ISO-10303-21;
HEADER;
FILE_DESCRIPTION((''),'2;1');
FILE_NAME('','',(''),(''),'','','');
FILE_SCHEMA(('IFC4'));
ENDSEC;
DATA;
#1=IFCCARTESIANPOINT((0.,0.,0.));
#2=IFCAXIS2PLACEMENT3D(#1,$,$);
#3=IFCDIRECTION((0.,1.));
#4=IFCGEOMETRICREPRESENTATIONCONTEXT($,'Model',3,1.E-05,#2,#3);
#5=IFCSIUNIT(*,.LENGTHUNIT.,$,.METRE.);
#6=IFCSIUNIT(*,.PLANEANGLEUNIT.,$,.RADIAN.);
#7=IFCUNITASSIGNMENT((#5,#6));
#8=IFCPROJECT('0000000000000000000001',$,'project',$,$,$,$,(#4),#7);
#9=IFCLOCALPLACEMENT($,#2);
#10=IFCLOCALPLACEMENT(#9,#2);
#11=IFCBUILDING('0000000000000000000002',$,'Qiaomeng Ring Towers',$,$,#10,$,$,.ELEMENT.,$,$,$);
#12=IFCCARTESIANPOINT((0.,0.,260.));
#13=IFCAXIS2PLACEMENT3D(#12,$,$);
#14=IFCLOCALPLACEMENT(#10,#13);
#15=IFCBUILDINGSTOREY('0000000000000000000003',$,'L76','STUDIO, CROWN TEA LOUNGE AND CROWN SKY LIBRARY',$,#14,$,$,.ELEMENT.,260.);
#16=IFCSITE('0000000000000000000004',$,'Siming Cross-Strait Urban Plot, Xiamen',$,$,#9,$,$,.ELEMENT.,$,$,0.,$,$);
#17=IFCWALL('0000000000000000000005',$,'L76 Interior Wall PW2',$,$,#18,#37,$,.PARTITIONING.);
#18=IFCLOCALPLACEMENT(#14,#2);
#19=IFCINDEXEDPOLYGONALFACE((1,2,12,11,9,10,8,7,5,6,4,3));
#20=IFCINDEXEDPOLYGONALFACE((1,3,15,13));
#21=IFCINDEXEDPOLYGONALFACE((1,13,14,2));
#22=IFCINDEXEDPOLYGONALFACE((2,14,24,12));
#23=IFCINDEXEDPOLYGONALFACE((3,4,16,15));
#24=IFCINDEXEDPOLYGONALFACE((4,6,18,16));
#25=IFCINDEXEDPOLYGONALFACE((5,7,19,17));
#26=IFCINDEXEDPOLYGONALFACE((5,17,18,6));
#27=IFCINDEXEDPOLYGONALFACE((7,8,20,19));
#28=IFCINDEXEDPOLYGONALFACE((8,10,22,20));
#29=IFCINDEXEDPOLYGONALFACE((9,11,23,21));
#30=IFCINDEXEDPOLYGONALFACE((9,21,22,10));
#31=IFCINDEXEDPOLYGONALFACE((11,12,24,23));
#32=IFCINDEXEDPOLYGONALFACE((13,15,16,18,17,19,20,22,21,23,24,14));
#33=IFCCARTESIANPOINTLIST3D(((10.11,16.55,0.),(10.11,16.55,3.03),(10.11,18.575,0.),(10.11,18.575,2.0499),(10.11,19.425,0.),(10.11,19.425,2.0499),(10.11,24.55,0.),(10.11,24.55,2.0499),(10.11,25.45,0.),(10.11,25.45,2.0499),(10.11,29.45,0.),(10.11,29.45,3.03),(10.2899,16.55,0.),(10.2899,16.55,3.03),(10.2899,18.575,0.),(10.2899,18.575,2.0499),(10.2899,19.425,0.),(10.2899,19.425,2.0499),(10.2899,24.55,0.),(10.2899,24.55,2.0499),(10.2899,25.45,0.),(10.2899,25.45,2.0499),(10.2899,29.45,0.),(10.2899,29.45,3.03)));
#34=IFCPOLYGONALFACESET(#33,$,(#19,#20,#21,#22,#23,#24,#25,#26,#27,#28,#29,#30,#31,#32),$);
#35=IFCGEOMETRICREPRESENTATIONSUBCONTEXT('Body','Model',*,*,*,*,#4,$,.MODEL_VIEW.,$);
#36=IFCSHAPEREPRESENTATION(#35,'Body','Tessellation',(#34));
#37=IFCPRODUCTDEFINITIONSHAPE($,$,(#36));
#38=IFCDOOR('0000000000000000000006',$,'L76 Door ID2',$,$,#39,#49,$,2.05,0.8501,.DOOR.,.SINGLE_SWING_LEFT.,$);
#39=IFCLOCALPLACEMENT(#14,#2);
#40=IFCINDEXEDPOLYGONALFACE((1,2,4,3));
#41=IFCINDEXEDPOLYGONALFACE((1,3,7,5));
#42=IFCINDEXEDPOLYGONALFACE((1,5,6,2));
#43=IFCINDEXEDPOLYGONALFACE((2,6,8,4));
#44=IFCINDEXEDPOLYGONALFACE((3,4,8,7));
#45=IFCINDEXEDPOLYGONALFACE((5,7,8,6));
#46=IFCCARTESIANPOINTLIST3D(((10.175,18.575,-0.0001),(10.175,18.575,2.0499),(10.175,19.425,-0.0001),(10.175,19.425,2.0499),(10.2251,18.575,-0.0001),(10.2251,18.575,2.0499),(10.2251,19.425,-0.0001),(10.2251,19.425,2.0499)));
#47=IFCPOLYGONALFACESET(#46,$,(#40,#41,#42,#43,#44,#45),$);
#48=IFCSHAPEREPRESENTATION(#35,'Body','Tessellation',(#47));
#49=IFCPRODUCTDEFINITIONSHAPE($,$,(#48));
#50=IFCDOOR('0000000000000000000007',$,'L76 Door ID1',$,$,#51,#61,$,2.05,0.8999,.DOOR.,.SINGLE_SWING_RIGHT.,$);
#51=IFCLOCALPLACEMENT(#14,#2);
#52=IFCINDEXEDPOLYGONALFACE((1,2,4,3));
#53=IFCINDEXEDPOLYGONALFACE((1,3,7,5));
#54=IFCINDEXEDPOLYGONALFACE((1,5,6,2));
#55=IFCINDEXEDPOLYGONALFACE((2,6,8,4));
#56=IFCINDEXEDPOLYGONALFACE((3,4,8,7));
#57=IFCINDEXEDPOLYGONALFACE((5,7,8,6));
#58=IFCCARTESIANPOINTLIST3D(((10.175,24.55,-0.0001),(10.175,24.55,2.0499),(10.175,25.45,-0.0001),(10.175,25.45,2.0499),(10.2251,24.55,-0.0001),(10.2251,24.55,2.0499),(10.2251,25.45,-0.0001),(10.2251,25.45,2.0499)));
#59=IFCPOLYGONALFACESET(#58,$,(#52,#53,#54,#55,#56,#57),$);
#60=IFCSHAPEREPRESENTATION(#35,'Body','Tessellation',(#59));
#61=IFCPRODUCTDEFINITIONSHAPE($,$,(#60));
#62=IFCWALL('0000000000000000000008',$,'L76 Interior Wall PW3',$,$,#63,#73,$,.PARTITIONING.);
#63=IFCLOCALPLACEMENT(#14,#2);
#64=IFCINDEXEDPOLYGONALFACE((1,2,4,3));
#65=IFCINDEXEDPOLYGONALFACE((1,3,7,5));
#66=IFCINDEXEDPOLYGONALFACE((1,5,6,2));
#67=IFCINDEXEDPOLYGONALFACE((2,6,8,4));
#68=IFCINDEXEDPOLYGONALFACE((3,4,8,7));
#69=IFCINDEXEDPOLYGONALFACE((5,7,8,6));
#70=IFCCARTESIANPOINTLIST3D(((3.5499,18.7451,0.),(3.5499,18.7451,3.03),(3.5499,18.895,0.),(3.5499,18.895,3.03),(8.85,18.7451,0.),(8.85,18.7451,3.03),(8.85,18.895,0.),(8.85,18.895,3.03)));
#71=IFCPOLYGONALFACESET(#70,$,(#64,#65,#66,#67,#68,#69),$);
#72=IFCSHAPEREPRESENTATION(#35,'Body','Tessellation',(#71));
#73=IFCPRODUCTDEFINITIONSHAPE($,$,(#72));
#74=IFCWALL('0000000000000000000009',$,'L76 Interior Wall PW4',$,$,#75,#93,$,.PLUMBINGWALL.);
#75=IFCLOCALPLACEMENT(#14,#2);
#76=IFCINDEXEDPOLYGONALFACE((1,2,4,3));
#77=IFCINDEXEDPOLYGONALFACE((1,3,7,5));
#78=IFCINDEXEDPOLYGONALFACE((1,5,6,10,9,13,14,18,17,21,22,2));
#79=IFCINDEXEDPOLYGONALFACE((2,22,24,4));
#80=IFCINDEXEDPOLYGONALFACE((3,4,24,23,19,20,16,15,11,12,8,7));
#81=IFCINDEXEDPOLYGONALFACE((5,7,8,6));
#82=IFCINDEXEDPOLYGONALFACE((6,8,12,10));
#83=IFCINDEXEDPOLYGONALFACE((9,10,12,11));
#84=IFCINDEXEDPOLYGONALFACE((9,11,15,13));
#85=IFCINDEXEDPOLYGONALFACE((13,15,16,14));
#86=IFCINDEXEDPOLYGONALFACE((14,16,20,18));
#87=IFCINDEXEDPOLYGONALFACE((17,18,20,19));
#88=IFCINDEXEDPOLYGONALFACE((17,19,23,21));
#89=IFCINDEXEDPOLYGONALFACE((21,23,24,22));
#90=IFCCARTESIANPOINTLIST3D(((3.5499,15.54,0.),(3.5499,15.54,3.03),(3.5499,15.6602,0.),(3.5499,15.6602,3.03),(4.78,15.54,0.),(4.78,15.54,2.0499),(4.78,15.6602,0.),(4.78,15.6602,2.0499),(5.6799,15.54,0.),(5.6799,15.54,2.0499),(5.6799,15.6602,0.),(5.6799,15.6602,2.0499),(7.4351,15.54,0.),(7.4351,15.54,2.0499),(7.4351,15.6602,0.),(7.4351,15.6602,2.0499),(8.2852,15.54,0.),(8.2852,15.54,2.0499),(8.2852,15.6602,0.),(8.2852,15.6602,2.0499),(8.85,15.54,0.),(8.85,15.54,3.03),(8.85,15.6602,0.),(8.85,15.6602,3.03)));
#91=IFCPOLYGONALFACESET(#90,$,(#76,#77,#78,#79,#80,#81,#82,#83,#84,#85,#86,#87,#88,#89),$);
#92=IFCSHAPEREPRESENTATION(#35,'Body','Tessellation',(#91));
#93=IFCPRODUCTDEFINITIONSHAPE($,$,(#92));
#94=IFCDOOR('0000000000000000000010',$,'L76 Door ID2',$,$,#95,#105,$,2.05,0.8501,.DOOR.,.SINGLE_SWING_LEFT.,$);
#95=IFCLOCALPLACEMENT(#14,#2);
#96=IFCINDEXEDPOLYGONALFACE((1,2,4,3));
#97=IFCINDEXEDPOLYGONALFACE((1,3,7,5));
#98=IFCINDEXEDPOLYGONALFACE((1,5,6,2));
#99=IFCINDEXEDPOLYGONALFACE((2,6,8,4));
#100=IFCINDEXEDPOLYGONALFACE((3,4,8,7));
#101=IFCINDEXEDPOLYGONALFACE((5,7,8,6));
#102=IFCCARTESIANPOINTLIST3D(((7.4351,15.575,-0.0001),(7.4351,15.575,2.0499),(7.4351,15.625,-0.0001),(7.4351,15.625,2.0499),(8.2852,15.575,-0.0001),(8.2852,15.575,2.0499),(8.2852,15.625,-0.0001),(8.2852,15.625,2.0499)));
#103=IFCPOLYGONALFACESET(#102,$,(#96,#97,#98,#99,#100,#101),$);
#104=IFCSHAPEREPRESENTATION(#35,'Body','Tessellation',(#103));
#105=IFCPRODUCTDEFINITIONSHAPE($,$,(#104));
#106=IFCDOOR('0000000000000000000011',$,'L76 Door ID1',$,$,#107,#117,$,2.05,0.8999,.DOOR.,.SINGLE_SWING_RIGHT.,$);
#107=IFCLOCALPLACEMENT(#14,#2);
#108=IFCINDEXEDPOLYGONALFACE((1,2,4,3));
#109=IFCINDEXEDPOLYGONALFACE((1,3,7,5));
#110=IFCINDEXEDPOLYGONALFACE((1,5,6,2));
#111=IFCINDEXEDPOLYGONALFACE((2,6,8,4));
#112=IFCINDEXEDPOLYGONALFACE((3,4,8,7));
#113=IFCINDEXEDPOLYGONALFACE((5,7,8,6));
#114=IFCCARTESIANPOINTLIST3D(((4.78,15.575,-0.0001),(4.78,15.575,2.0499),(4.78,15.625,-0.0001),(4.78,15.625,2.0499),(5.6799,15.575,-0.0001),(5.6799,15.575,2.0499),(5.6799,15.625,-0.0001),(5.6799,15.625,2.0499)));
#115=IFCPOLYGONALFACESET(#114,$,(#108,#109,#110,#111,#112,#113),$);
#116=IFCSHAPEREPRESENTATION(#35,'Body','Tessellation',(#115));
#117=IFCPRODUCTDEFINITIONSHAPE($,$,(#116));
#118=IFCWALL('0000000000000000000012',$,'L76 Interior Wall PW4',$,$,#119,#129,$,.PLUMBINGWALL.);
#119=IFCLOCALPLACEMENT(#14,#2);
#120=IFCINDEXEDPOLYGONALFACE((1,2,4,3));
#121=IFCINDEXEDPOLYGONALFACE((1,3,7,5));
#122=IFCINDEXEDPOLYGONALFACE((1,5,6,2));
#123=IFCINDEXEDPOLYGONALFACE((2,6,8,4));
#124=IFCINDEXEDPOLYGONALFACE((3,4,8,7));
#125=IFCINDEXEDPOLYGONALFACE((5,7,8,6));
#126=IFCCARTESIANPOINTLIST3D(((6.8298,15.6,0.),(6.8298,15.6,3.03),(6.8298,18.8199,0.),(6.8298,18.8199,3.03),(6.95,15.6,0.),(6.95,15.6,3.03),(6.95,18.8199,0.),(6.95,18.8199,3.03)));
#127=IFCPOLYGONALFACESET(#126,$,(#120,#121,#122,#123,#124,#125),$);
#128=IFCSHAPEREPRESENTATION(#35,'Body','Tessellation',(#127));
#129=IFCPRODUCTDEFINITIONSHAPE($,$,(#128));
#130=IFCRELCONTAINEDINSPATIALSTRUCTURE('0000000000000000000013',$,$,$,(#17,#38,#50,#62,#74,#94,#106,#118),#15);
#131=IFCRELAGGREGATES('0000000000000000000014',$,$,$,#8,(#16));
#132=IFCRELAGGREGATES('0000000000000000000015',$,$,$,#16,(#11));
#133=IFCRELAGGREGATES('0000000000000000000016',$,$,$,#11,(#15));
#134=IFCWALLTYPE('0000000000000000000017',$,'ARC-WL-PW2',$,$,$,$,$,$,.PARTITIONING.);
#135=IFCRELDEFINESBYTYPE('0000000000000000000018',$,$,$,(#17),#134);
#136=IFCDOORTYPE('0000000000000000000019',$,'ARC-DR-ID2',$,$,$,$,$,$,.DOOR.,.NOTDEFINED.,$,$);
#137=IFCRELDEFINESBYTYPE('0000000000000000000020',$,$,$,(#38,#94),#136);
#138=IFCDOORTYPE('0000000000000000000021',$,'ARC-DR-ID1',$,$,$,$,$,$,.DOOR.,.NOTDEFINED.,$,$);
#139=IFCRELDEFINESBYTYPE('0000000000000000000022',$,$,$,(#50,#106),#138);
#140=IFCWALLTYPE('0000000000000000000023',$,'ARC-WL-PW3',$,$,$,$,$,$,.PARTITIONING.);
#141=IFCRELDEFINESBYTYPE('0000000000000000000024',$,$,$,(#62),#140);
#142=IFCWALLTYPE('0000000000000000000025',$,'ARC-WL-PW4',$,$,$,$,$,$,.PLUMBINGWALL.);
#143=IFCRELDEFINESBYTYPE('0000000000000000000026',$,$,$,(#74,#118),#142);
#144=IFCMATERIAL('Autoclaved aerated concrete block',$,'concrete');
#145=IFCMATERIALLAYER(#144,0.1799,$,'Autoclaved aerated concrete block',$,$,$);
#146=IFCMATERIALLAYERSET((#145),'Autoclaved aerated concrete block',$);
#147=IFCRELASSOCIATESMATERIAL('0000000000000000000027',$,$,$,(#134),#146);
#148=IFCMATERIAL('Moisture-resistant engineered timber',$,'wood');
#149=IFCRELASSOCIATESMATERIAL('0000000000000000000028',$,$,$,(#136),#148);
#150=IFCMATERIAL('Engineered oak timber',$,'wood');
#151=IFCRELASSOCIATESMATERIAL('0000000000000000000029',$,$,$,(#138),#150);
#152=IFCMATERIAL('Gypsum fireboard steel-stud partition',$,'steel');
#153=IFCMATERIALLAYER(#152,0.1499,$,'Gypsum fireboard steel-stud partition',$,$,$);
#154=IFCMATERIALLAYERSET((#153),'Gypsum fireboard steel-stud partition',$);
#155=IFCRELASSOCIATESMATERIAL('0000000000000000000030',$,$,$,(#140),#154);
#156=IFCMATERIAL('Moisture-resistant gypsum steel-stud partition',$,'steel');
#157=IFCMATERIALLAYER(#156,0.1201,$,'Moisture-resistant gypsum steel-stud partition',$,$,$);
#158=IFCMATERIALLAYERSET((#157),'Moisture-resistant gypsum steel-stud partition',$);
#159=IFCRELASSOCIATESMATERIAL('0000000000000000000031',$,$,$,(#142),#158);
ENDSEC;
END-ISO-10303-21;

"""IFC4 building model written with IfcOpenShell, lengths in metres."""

from ifc_helpers import new_model, si_unit, direction, frame, frame_2d, origin, place, context, subcontext, project, spatial, rectangle, extrude, source, transform, mapped, material, layer, layer_set, type_object, element, fill, save


model = new_model("IFC4")

# Units and contexts
model_context = context("Model", 3, precision=1e-05, world=origin(), true_north=direction((0.0, 1.0)))
body_context = subcontext(model_context, "Body", "Model", "MODEL_VIEW")
ifc_project = project(units=[si_unit("LENGTHUNIT", "METRE"), si_unit("PLANEANGLEUNIT", "RADIAN")], contexts=[model_context])

# Site, building, storey
site_placement = place(None, origin())
site = spatial("IfcSite", under=ifc_project, at=site_placement, Name="Siming Cross-Strait Urban Plot, Xiamen", CompositionType="ELEMENT", RefElevation=0.0)
building_placement = place(site_placement, origin())
building = spatial("IfcBuilding", under=site, at=building_placement, Name="Qiaomeng Ring Towers", CompositionType="ELEMENT")
storey_placement = place(building_placement, frame((0.0, 0.0, 260.0)))
storey = spatial("IfcBuildingStorey", under=building, at=storey_placement, Name="L76", Description="STUDIO, CROWN TEA LOUNGE AND CROWN SKY LIBRARY", CompositionType="ELEMENT", Elevation=260.0)

# Wall, openings, doors
ifc_material_1 = material(Name="Autoclaved aerated concrete block", Category="concrete")
ifc_layer_1 = layer(ifc_material_1, 0.1799, Name="Autoclaved aerated concrete block")
ifc_layer_set_1 = layer_set([ifc_layer_1], Name="Autoclaved aerated concrete block")
wall_type_1 = type_object("IfcWallType", Name="ARC-WL-PW2", PredefinedType="PARTITIONING", material=ifc_layer_set_1)
wall_1_placement = place(storey_placement, frame((10.2, 16.55, 0.0), z_axis=(0.0, 0.0, 1.0), x_axis=(0.0, 1.0, 0.0)))
wall_1 = element("IfcWall", 1, at=wall_1_placement, inside=storey, type_object=wall_type_1, Name="L76 Interior Wall PW2", PredefinedType="PARTITIONING", context=body_context, shape_type="SweptSolid", body=[
    extrude(rectangle(XDim=12.8999, YDim=0.1799, at=frame_2d((6.45, 0.0))), origin(), (0.0, 0.0, 1.0), 3.03),
])
opening_1_placement = place(wall_1_placement, frame((2.0249, 0.0, 0.0)))
opening_1 = element("IfcOpeningElement", 2, at=opening_1_placement, cuts=wall_1, PredefinedType="OPENING", context=body_context, shape_type="SweptSolid", body=[
    extrude(rectangle(XDim=0.8501, YDim=2.05, at=frame_2d((0.425, 1.0249))), frame((0.0, 0.0999, 0.0), z_axis=(0.0, -1.0, 0.0), x_axis=(1.0, 0.0, 0.0)), (0.0, 0.0, 1.0), 0.2),
])
opening_2_placement = place(wall_1_placement, frame((8.0, 0.0, 0.0)))
opening_2 = element("IfcOpeningElement", 3, at=opening_2_placement, cuts=wall_1, PredefinedType="OPENING", context=body_context, shape_type="SweptSolid", body=[
    extrude(rectangle(XDim=0.8999, YDim=2.05, at=frame_2d((0.45, 1.0249))), frame((0.0, 0.0999, 0.0), z_axis=(0.0, -1.0, 0.0), x_axis=(1.0, 0.0, 0.0)), (0.0, 0.0, 1.0), 0.2),
])
ifc_material_2 = material(Name="Moisture-resistant engineered timber", Category="wood")
door_type_1 = type_object("IfcDoorType", Name="ARC-DR-ID2", OperationType="NOTDEFINED", PredefinedType="DOOR", material=ifc_material_2)
shared_shape_1 = source(origin(), body_context, "Body", "SweptSolid", [
    extrude(rectangle(XDim=0.8501, YDim=2.05, at=frame_2d((0.425, 1.0249))), frame((0.0, 0.0249, 0.0), z_axis=(0.0, -1.0, 0.0), x_axis=(1.0, 0.0, 0.0)), (0.0, 0.0, 1.0), 0.05),
])
door_1_placement = place(opening_1_placement, origin())
door_1 = element("IfcDoor", 4, at=door_1_placement, inside=storey, type_object=door_type_1, Name="L76 Door ID2", OperationType="SINGLE_SWING_LEFT", OverallHeight=2.05, OverallWidth=0.8501, PredefinedType="DOOR", context=body_context, shape_type="MappedRepresentation", body=[
    mapped(shared_shape_1, transform((0.0, 0.0, 0.0), x_axis=(1.0, 0.0, 0.0), y_axis=(0.0, 1.0, 0.0), z_axis=(0.0, 0.0, 1.0), scale=1.0)),
])
fill(opening_1, door_1)
ifc_material_3 = material(Name="Engineered oak timber", Category="wood")
door_type_2 = type_object("IfcDoorType", Name="ARC-DR-ID1", OperationType="NOTDEFINED", PredefinedType="DOOR", material=ifc_material_3)
shared_shape_2 = source(origin(), body_context, "Body", "SweptSolid", [
    extrude(rectangle(XDim=0.8999, YDim=2.05, at=frame_2d((0.45, 1.0249))), frame((0.0, 0.0249, 0.0), z_axis=(0.0, -1.0, 0.0), x_axis=(1.0, 0.0, 0.0)), (0.0, 0.0, 1.0), 0.05),
])
door_2_placement = place(opening_2_placement, origin())
door_2 = element("IfcDoor", 5, at=door_2_placement, inside=storey, type_object=door_type_2, Name="L76 Door ID1", OperationType="SINGLE_SWING_RIGHT", OverallHeight=2.05, OverallWidth=0.8999, PredefinedType="DOOR", context=body_context, shape_type="MappedRepresentation", body=[
    mapped(shared_shape_2, transform((0.0, 0.0, 0.0), x_axis=(1.0, 0.0, 0.0), y_axis=(0.0, 1.0, 0.0), z_axis=(0.0, 0.0, 1.0), scale=1.0)),
])
fill(opening_2, door_2)

# Wall
ifc_material_4 = material(Name="Gypsum fireboard steel-stud partition", Category="steel")
ifc_layer_2 = layer(ifc_material_4, 0.1499, Name="Gypsum fireboard steel-stud partition")
ifc_layer_set_2 = layer_set([ifc_layer_2], Name="Gypsum fireboard steel-stud partition")
wall_type_2 = type_object("IfcWallType", Name="ARC-WL-PW3", PredefinedType="PARTITIONING", material=ifc_layer_set_2)
wall_2_placement = place(storey_placement, frame((3.55, 18.8201, 0.0), z_axis=(0.0, 0.0, 1.0), x_axis=(1.0, 0.0, 0.0)))
element("IfcWall", 6, at=wall_2_placement, inside=storey, type_object=wall_type_2, Name="L76 Interior Wall PW3", PredefinedType="PARTITIONING", context=body_context, shape_type="SweptSolid", body=[
    extrude(rectangle(XDim=5.3, YDim=0.1499, at=frame_2d((2.6499, 0.0))), origin(), (0.0, 0.0, 1.0), 3.03),
])

# Wall, openings, doors
ifc_material_5 = material(Name="Moisture-resistant gypsum steel-stud partition", Category="steel")
ifc_layer_3 = layer(ifc_material_5, 0.1201, Name="Moisture-resistant gypsum steel-stud partition")
ifc_layer_set_3 = layer_set([ifc_layer_3], Name="Moisture-resistant gypsum steel-stud partition")
wall_type_3 = type_object("IfcWallType", Name="ARC-WL-PW4", PredefinedType="PLUMBINGWALL", material=ifc_layer_set_3)
wall_3_placement = place(storey_placement, frame((3.55, 15.6001, 0.0), z_axis=(0.0, 0.0, 1.0), x_axis=(1.0, 0.0, 0.0)))
wall_3 = element("IfcWall", 7, at=wall_3_placement, inside=storey, type_object=wall_type_3, Name="L76 Interior Wall PW4", PredefinedType="PLUMBINGWALL", context=body_context, shape_type="SweptSolid", body=[
    extrude(rectangle(XDim=5.3, YDim=0.1201, at=frame_2d((2.6499, 0.0))), origin(), (0.0, 0.0, 1.0), 3.03),
])
opening_3_placement = place(wall_3_placement, frame((1.23, 0.0, 0.0)))
opening_3 = element("IfcOpeningElement", 8, at=opening_3_placement, cuts=wall_3, PredefinedType="OPENING", context=body_context, shape_type="SweptSolid", body=[
    extrude(rectangle(XDim=0.8999, YDim=2.05, at=frame_2d((0.45, 1.0249))), frame((0.0, 0.0701, 0.0), z_axis=(0.0, -1.0, 0.0), x_axis=(1.0, 0.0, 0.0)), (0.0, 0.0, 1.0), 0.1401),
])
opening_4_placement = place(wall_3_placement, frame((3.885, 0.0, 0.0)))
opening_4 = element("IfcOpeningElement", 9, at=opening_4_placement, cuts=wall_3, PredefinedType="OPENING", context=body_context, shape_type="SweptSolid", body=[
    extrude(rectangle(XDim=0.8501, YDim=2.05, at=frame_2d((0.425, 1.0249))), frame((0.0, 0.0701, 0.0), z_axis=(0.0, -1.0, 0.0), x_axis=(1.0, 0.0, 0.0)), (0.0, 0.0, 1.0), 0.1401),
])
door_3_placement = place(opening_4_placement, origin())
door_3 = element("IfcDoor", 10, at=door_3_placement, inside=storey, type_object=door_type_1, Name="L76 Door ID2", OperationType="SINGLE_SWING_LEFT", OverallHeight=2.05, OverallWidth=0.8501, PredefinedType="DOOR", context=body_context, shape_type="MappedRepresentation", body=[
    mapped(shared_shape_1, transform((0.0, 0.0, 0.0), x_axis=(1.0, 0.0, 0.0), y_axis=(0.0, 1.0, 0.0), z_axis=(0.0, 0.0, 1.0), scale=1.0)),
])
fill(opening_4, door_3)
door_4_placement = place(opening_3_placement, origin())
door_4 = element("IfcDoor", 11, at=door_4_placement, inside=storey, type_object=door_type_2, Name="L76 Door ID1", OperationType="SINGLE_SWING_RIGHT", OverallHeight=2.05, OverallWidth=0.8999, PredefinedType="DOOR", context=body_context, shape_type="MappedRepresentation", body=[
    mapped(shared_shape_2, transform((0.0, 0.0, 0.0), x_axis=(1.0, 0.0, 0.0), y_axis=(0.0, 1.0, 0.0), z_axis=(0.0, 0.0, 1.0), scale=1.0)),
])
fill(opening_3, door_4)

# Wall
wall_4_placement = place(storey_placement, frame((6.8899, 15.6001, 0.0), z_axis=(0.0, 0.0, 1.0), x_axis=(0.0, 1.0, 0.0)))
element("IfcWall", 12, at=wall_4_placement, inside=storey, type_object=wall_type_3, Name="L76 Interior Wall PW4", PredefinedType="PLUMBINGWALL", context=body_context, shape_type="SweptSolid", body=[
    extrude(rectangle(XDim=3.22, YDim=0.1201, at=frame_2d((1.6099, 0.0))), origin(), (0.0, 0.0, 1.0), 3.03),
])

save(model, "model.ifc")
